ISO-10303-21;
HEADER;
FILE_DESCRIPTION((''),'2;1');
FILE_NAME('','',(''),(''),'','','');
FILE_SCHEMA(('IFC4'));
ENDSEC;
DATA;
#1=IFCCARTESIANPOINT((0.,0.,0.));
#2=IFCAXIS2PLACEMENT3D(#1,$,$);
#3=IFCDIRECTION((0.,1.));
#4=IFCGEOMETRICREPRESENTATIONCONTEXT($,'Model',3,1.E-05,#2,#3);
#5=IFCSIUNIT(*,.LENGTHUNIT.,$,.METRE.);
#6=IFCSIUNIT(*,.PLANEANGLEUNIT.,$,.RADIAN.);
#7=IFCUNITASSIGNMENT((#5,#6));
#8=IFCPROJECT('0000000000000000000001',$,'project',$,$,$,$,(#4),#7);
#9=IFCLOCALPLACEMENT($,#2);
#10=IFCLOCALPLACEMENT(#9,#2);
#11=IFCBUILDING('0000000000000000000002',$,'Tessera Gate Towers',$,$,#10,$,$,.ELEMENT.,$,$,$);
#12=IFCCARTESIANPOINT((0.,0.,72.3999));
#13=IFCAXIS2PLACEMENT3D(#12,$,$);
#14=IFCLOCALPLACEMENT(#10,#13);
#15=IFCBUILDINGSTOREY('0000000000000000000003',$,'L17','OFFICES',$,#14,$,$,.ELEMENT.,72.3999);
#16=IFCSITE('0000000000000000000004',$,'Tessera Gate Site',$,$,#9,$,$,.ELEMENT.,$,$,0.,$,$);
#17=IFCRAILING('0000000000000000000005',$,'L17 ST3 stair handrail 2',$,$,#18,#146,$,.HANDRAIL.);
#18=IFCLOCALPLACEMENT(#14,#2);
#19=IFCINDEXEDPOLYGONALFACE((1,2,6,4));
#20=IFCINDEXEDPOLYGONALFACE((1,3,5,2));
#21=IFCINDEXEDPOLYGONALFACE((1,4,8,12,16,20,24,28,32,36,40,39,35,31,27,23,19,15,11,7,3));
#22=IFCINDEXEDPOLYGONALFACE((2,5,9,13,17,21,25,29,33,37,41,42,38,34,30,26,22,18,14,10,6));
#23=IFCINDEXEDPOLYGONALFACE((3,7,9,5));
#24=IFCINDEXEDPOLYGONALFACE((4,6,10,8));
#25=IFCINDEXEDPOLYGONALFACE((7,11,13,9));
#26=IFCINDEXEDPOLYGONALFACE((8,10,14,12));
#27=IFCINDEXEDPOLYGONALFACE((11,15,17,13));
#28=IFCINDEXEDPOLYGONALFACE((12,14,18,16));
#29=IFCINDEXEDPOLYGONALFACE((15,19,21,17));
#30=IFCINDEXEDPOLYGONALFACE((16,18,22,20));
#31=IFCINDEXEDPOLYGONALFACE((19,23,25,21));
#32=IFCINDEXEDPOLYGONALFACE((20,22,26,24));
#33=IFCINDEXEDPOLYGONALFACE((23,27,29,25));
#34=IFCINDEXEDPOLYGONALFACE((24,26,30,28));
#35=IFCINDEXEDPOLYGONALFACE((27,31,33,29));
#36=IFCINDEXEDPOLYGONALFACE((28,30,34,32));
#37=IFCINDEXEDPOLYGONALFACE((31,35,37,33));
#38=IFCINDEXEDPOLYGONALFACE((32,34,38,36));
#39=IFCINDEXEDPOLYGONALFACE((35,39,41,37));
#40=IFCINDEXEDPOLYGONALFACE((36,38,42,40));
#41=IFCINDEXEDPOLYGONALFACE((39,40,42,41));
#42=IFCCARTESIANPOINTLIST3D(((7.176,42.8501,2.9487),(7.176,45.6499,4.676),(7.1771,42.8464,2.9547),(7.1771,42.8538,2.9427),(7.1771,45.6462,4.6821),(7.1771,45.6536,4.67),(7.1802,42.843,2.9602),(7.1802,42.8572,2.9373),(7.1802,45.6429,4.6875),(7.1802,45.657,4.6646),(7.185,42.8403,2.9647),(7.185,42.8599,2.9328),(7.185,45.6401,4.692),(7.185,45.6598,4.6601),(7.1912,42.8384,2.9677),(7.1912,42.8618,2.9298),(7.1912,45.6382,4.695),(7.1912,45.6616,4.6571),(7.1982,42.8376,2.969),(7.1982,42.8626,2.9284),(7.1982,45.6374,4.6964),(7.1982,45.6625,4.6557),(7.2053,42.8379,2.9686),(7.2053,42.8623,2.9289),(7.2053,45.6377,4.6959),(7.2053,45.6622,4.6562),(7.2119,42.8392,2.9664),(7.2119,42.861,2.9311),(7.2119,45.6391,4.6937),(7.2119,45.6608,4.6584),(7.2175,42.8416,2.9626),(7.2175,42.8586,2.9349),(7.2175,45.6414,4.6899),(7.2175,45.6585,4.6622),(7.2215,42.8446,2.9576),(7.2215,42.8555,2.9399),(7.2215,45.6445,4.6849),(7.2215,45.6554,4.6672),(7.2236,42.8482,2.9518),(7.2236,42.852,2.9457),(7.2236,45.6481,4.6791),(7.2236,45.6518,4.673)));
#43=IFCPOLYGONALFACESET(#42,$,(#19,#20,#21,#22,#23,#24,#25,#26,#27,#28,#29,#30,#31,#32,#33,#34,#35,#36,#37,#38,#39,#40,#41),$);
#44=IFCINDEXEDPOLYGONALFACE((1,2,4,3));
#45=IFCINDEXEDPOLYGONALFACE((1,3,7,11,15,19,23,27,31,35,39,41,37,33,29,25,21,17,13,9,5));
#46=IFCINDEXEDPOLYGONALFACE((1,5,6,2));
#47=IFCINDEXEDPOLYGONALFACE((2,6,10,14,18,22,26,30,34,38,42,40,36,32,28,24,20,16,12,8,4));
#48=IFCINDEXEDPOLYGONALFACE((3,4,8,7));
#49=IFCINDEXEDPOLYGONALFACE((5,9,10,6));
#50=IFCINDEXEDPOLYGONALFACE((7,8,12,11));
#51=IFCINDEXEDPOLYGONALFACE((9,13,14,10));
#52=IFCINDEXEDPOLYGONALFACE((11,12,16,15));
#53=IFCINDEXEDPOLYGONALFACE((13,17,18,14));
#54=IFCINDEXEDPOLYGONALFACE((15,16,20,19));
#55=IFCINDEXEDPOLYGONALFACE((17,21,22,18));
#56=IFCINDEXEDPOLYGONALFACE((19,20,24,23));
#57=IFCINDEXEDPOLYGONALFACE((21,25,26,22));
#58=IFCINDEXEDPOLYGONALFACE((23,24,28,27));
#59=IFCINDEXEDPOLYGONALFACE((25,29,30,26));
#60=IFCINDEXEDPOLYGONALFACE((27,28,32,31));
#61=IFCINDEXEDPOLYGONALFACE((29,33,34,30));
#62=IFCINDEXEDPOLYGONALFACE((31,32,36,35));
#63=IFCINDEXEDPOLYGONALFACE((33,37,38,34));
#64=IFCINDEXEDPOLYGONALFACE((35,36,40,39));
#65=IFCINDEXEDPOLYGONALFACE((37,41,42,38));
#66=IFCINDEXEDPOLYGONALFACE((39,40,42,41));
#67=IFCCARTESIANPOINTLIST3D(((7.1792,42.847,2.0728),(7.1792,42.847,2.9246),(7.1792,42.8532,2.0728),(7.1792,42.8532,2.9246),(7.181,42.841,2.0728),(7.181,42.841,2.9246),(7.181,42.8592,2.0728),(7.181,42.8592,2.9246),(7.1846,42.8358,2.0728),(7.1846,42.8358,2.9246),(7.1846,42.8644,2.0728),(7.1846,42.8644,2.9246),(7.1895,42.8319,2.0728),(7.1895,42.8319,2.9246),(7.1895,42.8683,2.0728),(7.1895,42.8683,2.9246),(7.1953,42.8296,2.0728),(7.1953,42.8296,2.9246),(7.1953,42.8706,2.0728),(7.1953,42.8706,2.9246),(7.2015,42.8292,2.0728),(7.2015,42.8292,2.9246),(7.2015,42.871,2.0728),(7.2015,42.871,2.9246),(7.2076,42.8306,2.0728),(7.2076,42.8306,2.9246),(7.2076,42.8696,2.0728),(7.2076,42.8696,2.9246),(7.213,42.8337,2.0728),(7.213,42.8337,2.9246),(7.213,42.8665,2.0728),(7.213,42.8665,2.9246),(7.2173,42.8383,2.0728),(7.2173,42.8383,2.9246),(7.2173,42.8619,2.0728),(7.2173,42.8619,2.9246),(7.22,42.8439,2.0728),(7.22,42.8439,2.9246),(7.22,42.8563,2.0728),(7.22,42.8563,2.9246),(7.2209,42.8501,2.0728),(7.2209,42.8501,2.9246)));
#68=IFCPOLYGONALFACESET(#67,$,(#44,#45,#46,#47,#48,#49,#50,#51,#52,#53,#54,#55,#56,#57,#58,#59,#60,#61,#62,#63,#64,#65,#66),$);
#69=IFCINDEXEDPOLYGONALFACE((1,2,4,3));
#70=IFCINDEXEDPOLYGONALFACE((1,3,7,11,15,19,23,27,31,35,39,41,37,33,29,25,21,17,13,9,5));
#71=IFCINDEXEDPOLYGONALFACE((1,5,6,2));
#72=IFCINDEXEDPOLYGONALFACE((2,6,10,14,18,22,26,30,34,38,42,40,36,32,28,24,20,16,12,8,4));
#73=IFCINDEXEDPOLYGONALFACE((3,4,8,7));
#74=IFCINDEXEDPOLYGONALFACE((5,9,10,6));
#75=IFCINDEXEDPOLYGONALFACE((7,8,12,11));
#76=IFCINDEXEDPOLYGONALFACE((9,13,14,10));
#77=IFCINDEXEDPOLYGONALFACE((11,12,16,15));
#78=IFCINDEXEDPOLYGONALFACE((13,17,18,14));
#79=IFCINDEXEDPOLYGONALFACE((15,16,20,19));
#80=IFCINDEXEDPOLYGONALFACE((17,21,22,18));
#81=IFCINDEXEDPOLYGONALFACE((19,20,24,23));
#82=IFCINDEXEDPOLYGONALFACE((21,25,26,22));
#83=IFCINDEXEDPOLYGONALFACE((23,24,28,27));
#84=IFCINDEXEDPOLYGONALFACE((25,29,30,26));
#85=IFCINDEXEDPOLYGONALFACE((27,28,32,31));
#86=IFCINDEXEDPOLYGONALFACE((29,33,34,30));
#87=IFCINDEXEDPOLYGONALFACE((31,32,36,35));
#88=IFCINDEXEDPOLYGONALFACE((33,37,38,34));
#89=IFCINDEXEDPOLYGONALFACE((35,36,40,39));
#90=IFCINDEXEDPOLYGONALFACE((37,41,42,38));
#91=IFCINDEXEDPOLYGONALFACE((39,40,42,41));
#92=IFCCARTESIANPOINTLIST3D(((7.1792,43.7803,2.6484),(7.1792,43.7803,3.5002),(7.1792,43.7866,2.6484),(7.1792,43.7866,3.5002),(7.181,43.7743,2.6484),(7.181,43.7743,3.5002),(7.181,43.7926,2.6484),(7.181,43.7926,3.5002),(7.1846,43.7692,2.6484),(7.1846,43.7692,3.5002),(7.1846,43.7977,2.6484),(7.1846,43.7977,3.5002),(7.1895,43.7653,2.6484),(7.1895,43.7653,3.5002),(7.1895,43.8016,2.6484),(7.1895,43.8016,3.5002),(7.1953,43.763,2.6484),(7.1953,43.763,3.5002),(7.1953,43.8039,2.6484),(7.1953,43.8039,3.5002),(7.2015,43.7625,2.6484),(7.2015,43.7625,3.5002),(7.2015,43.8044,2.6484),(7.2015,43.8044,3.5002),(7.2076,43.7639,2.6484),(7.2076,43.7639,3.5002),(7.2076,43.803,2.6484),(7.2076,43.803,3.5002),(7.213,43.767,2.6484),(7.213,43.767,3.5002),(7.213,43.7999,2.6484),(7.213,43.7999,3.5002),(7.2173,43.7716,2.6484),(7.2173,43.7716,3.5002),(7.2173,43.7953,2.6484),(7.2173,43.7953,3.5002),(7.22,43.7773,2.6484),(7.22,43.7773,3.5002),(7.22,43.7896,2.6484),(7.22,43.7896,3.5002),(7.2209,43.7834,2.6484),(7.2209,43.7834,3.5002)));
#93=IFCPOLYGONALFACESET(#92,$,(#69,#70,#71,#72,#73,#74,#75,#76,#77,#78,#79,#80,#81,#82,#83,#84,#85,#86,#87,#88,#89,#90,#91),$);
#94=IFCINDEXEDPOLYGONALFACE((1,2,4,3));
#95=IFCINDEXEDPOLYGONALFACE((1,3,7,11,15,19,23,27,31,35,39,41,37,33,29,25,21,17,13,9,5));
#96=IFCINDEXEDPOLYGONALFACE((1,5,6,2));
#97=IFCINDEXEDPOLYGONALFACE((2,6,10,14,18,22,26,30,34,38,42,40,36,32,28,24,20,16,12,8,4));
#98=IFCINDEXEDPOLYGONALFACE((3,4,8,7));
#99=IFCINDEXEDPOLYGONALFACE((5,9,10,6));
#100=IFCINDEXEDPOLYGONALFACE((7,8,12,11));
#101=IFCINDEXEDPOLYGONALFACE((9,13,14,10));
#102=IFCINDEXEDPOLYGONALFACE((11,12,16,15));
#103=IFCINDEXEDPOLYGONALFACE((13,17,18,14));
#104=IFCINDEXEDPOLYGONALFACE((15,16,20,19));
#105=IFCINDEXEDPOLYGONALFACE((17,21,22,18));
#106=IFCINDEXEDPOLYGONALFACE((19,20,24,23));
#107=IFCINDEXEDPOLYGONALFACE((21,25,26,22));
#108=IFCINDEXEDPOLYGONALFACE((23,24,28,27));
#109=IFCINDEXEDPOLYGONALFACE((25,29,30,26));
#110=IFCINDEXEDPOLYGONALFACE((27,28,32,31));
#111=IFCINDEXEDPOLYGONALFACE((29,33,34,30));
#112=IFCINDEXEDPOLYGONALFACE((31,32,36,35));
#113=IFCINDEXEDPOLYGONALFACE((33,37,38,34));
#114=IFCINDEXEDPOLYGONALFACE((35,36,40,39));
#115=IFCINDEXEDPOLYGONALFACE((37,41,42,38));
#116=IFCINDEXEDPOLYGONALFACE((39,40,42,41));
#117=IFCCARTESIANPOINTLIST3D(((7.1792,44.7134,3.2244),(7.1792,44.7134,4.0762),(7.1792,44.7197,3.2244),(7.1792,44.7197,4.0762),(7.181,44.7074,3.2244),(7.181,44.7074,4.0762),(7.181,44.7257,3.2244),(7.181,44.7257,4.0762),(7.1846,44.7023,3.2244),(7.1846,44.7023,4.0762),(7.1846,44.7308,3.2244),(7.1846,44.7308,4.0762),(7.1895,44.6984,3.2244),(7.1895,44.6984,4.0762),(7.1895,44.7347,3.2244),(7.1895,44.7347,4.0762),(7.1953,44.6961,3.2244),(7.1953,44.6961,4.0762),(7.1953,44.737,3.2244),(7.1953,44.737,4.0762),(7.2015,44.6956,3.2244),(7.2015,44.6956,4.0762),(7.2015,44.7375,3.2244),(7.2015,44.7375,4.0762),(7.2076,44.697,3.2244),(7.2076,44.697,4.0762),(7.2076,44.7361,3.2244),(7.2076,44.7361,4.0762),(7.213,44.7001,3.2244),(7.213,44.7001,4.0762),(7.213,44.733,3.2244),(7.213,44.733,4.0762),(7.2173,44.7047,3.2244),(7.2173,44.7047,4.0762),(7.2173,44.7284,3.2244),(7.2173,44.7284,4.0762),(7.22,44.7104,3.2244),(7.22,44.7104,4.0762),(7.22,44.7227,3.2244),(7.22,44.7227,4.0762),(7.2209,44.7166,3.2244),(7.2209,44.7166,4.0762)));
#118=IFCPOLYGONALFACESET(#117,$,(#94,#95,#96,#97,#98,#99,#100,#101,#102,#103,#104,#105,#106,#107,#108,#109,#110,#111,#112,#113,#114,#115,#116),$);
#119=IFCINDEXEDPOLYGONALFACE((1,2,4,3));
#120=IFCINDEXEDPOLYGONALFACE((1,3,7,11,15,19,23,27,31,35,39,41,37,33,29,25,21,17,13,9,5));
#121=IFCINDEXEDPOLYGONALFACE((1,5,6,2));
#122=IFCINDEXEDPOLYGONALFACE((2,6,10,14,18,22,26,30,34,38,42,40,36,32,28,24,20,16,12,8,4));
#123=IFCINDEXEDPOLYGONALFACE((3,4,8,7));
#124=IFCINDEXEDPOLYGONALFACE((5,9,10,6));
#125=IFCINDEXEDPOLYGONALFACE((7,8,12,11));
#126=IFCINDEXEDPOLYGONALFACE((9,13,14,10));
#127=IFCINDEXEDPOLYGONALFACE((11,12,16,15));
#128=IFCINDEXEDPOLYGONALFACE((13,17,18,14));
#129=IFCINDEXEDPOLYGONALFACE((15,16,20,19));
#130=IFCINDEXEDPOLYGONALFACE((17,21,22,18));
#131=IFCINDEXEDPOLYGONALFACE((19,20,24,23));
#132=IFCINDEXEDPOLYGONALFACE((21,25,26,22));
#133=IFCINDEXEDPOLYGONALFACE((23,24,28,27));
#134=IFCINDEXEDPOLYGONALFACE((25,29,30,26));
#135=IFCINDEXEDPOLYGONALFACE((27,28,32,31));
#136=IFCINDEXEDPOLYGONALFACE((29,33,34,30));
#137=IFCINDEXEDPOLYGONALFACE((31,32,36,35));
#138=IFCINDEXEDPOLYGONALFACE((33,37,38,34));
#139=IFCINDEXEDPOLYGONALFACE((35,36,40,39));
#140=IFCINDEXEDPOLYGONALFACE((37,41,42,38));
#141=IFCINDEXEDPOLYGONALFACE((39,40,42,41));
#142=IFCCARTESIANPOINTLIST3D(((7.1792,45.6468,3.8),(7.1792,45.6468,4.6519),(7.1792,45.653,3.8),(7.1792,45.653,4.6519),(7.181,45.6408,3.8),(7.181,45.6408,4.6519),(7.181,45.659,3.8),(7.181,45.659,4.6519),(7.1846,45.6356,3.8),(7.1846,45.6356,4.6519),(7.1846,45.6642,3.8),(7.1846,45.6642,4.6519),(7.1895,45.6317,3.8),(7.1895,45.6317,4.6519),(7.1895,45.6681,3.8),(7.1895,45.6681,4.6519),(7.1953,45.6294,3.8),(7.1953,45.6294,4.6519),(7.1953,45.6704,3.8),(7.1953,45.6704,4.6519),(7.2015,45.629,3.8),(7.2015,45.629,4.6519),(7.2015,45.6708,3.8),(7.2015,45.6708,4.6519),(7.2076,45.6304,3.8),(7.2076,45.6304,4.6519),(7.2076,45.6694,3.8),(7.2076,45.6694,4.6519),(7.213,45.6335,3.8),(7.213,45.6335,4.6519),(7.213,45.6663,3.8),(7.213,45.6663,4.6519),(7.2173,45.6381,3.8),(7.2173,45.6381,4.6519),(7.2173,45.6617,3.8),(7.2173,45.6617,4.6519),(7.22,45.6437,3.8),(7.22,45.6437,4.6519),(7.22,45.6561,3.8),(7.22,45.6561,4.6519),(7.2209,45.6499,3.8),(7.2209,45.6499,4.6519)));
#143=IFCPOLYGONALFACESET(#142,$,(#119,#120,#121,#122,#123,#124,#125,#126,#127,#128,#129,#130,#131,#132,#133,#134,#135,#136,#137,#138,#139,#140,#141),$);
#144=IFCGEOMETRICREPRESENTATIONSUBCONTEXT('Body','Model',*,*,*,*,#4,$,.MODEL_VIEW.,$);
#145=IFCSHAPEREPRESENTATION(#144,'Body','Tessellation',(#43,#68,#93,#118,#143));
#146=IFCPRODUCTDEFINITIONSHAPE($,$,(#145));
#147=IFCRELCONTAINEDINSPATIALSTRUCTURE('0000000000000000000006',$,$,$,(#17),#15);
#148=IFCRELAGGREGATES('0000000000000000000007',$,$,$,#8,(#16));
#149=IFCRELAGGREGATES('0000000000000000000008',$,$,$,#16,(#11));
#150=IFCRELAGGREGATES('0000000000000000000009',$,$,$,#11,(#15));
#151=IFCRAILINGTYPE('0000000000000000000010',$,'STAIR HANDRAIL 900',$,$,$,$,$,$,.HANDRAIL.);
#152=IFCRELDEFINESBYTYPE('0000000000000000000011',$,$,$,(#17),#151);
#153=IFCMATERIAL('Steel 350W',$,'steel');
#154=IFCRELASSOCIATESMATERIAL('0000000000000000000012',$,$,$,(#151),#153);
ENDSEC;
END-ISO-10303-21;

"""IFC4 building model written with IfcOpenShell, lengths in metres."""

from ifc_helpers import new_model, si_unit, direction, frame, origin, origin_2d, place, context, subcontext, project, spatial, circle, extrude, material, type_object, element, save


model = new_model("IFC4")

# Units and contexts
model_context = context("Model", 3, precision=1e-05, world=origin(), true_north=direction((0.0, 1.0)))
body_context = subcontext(model_context, "Body", "Model", "MODEL_VIEW")
ifc_project = project(units=[si_unit("LENGTHUNIT", "METRE"), si_unit("PLANEANGLEUNIT", "RADIAN")], contexts=[model_context])

# Site, building, storey
site_placement = place(None, origin())
site = spatial("IfcSite", under=ifc_project, at=site_placement, Name="Tessera Gate Site", CompositionType="ELEMENT", RefElevation=0.0)
building_placement = place(site_placement, origin())
building = spatial("IfcBuilding", under=site, at=building_placement, Name="Tessera Gate Towers", CompositionType="ELEMENT")
storey_placement = place(building_placement, frame((0.0, 0.0, 72.3999)))
storey = spatial("IfcBuildingStorey", under=building, at=storey_placement, Name="L17", Description="OFFICES", CompositionType="ELEMENT", Elevation=72.3999)

# Railing
ifc_material_1 = material(Name="Steel 350W", Category="steel")
railing_type_1 = type_object("IfcRailingType", Name="STAIR HANDRAIL 900", PredefinedType="HANDRAIL", material=ifc_material_1)
railing_1_placement = place(storey_placement, frame((7.2, 42.8501, 2.0728)))
element("IfcRailing", 1, at=railing_1_placement, inside=storey, type_object=railing_type_1, Name="L17 ST3 stair handrail 2", PredefinedType="HANDRAIL", context=body_context, shape_type="SweptSolid", body=[
    extrude(circle(Radius=0.0239, at=origin_2d()), frame((0.0, 0.0, 0.876), z_axis=(0.0, 0.851069, 0.525054), x_axis=(-1.0, 0.0, 0.0)), (0.0, 0.0, 1.0), 3.2898),
    extrude(circle(Radius=0.021, at=origin_2d()), origin(), (0.0, 0.0, 1.0), 0.8518),
    extrude(circle(Radius=0.021, at=origin_2d()), frame((0.0, 0.9333, 0.5757)), (0.0, 0.0, 1.0), 0.8518),
    extrude(circle(Radius=0.021, at=origin_2d()), frame((0.0, 1.8665, 1.1516)), (0.0, 0.0, 1.0), 0.8518),
    extrude(circle(Radius=0.021, at=origin_2d()), frame((0.0, 2.7998, 1.7273)), (0.0, 0.0, 1.0), 0.8518),
])

save(model, "model.ifc")
